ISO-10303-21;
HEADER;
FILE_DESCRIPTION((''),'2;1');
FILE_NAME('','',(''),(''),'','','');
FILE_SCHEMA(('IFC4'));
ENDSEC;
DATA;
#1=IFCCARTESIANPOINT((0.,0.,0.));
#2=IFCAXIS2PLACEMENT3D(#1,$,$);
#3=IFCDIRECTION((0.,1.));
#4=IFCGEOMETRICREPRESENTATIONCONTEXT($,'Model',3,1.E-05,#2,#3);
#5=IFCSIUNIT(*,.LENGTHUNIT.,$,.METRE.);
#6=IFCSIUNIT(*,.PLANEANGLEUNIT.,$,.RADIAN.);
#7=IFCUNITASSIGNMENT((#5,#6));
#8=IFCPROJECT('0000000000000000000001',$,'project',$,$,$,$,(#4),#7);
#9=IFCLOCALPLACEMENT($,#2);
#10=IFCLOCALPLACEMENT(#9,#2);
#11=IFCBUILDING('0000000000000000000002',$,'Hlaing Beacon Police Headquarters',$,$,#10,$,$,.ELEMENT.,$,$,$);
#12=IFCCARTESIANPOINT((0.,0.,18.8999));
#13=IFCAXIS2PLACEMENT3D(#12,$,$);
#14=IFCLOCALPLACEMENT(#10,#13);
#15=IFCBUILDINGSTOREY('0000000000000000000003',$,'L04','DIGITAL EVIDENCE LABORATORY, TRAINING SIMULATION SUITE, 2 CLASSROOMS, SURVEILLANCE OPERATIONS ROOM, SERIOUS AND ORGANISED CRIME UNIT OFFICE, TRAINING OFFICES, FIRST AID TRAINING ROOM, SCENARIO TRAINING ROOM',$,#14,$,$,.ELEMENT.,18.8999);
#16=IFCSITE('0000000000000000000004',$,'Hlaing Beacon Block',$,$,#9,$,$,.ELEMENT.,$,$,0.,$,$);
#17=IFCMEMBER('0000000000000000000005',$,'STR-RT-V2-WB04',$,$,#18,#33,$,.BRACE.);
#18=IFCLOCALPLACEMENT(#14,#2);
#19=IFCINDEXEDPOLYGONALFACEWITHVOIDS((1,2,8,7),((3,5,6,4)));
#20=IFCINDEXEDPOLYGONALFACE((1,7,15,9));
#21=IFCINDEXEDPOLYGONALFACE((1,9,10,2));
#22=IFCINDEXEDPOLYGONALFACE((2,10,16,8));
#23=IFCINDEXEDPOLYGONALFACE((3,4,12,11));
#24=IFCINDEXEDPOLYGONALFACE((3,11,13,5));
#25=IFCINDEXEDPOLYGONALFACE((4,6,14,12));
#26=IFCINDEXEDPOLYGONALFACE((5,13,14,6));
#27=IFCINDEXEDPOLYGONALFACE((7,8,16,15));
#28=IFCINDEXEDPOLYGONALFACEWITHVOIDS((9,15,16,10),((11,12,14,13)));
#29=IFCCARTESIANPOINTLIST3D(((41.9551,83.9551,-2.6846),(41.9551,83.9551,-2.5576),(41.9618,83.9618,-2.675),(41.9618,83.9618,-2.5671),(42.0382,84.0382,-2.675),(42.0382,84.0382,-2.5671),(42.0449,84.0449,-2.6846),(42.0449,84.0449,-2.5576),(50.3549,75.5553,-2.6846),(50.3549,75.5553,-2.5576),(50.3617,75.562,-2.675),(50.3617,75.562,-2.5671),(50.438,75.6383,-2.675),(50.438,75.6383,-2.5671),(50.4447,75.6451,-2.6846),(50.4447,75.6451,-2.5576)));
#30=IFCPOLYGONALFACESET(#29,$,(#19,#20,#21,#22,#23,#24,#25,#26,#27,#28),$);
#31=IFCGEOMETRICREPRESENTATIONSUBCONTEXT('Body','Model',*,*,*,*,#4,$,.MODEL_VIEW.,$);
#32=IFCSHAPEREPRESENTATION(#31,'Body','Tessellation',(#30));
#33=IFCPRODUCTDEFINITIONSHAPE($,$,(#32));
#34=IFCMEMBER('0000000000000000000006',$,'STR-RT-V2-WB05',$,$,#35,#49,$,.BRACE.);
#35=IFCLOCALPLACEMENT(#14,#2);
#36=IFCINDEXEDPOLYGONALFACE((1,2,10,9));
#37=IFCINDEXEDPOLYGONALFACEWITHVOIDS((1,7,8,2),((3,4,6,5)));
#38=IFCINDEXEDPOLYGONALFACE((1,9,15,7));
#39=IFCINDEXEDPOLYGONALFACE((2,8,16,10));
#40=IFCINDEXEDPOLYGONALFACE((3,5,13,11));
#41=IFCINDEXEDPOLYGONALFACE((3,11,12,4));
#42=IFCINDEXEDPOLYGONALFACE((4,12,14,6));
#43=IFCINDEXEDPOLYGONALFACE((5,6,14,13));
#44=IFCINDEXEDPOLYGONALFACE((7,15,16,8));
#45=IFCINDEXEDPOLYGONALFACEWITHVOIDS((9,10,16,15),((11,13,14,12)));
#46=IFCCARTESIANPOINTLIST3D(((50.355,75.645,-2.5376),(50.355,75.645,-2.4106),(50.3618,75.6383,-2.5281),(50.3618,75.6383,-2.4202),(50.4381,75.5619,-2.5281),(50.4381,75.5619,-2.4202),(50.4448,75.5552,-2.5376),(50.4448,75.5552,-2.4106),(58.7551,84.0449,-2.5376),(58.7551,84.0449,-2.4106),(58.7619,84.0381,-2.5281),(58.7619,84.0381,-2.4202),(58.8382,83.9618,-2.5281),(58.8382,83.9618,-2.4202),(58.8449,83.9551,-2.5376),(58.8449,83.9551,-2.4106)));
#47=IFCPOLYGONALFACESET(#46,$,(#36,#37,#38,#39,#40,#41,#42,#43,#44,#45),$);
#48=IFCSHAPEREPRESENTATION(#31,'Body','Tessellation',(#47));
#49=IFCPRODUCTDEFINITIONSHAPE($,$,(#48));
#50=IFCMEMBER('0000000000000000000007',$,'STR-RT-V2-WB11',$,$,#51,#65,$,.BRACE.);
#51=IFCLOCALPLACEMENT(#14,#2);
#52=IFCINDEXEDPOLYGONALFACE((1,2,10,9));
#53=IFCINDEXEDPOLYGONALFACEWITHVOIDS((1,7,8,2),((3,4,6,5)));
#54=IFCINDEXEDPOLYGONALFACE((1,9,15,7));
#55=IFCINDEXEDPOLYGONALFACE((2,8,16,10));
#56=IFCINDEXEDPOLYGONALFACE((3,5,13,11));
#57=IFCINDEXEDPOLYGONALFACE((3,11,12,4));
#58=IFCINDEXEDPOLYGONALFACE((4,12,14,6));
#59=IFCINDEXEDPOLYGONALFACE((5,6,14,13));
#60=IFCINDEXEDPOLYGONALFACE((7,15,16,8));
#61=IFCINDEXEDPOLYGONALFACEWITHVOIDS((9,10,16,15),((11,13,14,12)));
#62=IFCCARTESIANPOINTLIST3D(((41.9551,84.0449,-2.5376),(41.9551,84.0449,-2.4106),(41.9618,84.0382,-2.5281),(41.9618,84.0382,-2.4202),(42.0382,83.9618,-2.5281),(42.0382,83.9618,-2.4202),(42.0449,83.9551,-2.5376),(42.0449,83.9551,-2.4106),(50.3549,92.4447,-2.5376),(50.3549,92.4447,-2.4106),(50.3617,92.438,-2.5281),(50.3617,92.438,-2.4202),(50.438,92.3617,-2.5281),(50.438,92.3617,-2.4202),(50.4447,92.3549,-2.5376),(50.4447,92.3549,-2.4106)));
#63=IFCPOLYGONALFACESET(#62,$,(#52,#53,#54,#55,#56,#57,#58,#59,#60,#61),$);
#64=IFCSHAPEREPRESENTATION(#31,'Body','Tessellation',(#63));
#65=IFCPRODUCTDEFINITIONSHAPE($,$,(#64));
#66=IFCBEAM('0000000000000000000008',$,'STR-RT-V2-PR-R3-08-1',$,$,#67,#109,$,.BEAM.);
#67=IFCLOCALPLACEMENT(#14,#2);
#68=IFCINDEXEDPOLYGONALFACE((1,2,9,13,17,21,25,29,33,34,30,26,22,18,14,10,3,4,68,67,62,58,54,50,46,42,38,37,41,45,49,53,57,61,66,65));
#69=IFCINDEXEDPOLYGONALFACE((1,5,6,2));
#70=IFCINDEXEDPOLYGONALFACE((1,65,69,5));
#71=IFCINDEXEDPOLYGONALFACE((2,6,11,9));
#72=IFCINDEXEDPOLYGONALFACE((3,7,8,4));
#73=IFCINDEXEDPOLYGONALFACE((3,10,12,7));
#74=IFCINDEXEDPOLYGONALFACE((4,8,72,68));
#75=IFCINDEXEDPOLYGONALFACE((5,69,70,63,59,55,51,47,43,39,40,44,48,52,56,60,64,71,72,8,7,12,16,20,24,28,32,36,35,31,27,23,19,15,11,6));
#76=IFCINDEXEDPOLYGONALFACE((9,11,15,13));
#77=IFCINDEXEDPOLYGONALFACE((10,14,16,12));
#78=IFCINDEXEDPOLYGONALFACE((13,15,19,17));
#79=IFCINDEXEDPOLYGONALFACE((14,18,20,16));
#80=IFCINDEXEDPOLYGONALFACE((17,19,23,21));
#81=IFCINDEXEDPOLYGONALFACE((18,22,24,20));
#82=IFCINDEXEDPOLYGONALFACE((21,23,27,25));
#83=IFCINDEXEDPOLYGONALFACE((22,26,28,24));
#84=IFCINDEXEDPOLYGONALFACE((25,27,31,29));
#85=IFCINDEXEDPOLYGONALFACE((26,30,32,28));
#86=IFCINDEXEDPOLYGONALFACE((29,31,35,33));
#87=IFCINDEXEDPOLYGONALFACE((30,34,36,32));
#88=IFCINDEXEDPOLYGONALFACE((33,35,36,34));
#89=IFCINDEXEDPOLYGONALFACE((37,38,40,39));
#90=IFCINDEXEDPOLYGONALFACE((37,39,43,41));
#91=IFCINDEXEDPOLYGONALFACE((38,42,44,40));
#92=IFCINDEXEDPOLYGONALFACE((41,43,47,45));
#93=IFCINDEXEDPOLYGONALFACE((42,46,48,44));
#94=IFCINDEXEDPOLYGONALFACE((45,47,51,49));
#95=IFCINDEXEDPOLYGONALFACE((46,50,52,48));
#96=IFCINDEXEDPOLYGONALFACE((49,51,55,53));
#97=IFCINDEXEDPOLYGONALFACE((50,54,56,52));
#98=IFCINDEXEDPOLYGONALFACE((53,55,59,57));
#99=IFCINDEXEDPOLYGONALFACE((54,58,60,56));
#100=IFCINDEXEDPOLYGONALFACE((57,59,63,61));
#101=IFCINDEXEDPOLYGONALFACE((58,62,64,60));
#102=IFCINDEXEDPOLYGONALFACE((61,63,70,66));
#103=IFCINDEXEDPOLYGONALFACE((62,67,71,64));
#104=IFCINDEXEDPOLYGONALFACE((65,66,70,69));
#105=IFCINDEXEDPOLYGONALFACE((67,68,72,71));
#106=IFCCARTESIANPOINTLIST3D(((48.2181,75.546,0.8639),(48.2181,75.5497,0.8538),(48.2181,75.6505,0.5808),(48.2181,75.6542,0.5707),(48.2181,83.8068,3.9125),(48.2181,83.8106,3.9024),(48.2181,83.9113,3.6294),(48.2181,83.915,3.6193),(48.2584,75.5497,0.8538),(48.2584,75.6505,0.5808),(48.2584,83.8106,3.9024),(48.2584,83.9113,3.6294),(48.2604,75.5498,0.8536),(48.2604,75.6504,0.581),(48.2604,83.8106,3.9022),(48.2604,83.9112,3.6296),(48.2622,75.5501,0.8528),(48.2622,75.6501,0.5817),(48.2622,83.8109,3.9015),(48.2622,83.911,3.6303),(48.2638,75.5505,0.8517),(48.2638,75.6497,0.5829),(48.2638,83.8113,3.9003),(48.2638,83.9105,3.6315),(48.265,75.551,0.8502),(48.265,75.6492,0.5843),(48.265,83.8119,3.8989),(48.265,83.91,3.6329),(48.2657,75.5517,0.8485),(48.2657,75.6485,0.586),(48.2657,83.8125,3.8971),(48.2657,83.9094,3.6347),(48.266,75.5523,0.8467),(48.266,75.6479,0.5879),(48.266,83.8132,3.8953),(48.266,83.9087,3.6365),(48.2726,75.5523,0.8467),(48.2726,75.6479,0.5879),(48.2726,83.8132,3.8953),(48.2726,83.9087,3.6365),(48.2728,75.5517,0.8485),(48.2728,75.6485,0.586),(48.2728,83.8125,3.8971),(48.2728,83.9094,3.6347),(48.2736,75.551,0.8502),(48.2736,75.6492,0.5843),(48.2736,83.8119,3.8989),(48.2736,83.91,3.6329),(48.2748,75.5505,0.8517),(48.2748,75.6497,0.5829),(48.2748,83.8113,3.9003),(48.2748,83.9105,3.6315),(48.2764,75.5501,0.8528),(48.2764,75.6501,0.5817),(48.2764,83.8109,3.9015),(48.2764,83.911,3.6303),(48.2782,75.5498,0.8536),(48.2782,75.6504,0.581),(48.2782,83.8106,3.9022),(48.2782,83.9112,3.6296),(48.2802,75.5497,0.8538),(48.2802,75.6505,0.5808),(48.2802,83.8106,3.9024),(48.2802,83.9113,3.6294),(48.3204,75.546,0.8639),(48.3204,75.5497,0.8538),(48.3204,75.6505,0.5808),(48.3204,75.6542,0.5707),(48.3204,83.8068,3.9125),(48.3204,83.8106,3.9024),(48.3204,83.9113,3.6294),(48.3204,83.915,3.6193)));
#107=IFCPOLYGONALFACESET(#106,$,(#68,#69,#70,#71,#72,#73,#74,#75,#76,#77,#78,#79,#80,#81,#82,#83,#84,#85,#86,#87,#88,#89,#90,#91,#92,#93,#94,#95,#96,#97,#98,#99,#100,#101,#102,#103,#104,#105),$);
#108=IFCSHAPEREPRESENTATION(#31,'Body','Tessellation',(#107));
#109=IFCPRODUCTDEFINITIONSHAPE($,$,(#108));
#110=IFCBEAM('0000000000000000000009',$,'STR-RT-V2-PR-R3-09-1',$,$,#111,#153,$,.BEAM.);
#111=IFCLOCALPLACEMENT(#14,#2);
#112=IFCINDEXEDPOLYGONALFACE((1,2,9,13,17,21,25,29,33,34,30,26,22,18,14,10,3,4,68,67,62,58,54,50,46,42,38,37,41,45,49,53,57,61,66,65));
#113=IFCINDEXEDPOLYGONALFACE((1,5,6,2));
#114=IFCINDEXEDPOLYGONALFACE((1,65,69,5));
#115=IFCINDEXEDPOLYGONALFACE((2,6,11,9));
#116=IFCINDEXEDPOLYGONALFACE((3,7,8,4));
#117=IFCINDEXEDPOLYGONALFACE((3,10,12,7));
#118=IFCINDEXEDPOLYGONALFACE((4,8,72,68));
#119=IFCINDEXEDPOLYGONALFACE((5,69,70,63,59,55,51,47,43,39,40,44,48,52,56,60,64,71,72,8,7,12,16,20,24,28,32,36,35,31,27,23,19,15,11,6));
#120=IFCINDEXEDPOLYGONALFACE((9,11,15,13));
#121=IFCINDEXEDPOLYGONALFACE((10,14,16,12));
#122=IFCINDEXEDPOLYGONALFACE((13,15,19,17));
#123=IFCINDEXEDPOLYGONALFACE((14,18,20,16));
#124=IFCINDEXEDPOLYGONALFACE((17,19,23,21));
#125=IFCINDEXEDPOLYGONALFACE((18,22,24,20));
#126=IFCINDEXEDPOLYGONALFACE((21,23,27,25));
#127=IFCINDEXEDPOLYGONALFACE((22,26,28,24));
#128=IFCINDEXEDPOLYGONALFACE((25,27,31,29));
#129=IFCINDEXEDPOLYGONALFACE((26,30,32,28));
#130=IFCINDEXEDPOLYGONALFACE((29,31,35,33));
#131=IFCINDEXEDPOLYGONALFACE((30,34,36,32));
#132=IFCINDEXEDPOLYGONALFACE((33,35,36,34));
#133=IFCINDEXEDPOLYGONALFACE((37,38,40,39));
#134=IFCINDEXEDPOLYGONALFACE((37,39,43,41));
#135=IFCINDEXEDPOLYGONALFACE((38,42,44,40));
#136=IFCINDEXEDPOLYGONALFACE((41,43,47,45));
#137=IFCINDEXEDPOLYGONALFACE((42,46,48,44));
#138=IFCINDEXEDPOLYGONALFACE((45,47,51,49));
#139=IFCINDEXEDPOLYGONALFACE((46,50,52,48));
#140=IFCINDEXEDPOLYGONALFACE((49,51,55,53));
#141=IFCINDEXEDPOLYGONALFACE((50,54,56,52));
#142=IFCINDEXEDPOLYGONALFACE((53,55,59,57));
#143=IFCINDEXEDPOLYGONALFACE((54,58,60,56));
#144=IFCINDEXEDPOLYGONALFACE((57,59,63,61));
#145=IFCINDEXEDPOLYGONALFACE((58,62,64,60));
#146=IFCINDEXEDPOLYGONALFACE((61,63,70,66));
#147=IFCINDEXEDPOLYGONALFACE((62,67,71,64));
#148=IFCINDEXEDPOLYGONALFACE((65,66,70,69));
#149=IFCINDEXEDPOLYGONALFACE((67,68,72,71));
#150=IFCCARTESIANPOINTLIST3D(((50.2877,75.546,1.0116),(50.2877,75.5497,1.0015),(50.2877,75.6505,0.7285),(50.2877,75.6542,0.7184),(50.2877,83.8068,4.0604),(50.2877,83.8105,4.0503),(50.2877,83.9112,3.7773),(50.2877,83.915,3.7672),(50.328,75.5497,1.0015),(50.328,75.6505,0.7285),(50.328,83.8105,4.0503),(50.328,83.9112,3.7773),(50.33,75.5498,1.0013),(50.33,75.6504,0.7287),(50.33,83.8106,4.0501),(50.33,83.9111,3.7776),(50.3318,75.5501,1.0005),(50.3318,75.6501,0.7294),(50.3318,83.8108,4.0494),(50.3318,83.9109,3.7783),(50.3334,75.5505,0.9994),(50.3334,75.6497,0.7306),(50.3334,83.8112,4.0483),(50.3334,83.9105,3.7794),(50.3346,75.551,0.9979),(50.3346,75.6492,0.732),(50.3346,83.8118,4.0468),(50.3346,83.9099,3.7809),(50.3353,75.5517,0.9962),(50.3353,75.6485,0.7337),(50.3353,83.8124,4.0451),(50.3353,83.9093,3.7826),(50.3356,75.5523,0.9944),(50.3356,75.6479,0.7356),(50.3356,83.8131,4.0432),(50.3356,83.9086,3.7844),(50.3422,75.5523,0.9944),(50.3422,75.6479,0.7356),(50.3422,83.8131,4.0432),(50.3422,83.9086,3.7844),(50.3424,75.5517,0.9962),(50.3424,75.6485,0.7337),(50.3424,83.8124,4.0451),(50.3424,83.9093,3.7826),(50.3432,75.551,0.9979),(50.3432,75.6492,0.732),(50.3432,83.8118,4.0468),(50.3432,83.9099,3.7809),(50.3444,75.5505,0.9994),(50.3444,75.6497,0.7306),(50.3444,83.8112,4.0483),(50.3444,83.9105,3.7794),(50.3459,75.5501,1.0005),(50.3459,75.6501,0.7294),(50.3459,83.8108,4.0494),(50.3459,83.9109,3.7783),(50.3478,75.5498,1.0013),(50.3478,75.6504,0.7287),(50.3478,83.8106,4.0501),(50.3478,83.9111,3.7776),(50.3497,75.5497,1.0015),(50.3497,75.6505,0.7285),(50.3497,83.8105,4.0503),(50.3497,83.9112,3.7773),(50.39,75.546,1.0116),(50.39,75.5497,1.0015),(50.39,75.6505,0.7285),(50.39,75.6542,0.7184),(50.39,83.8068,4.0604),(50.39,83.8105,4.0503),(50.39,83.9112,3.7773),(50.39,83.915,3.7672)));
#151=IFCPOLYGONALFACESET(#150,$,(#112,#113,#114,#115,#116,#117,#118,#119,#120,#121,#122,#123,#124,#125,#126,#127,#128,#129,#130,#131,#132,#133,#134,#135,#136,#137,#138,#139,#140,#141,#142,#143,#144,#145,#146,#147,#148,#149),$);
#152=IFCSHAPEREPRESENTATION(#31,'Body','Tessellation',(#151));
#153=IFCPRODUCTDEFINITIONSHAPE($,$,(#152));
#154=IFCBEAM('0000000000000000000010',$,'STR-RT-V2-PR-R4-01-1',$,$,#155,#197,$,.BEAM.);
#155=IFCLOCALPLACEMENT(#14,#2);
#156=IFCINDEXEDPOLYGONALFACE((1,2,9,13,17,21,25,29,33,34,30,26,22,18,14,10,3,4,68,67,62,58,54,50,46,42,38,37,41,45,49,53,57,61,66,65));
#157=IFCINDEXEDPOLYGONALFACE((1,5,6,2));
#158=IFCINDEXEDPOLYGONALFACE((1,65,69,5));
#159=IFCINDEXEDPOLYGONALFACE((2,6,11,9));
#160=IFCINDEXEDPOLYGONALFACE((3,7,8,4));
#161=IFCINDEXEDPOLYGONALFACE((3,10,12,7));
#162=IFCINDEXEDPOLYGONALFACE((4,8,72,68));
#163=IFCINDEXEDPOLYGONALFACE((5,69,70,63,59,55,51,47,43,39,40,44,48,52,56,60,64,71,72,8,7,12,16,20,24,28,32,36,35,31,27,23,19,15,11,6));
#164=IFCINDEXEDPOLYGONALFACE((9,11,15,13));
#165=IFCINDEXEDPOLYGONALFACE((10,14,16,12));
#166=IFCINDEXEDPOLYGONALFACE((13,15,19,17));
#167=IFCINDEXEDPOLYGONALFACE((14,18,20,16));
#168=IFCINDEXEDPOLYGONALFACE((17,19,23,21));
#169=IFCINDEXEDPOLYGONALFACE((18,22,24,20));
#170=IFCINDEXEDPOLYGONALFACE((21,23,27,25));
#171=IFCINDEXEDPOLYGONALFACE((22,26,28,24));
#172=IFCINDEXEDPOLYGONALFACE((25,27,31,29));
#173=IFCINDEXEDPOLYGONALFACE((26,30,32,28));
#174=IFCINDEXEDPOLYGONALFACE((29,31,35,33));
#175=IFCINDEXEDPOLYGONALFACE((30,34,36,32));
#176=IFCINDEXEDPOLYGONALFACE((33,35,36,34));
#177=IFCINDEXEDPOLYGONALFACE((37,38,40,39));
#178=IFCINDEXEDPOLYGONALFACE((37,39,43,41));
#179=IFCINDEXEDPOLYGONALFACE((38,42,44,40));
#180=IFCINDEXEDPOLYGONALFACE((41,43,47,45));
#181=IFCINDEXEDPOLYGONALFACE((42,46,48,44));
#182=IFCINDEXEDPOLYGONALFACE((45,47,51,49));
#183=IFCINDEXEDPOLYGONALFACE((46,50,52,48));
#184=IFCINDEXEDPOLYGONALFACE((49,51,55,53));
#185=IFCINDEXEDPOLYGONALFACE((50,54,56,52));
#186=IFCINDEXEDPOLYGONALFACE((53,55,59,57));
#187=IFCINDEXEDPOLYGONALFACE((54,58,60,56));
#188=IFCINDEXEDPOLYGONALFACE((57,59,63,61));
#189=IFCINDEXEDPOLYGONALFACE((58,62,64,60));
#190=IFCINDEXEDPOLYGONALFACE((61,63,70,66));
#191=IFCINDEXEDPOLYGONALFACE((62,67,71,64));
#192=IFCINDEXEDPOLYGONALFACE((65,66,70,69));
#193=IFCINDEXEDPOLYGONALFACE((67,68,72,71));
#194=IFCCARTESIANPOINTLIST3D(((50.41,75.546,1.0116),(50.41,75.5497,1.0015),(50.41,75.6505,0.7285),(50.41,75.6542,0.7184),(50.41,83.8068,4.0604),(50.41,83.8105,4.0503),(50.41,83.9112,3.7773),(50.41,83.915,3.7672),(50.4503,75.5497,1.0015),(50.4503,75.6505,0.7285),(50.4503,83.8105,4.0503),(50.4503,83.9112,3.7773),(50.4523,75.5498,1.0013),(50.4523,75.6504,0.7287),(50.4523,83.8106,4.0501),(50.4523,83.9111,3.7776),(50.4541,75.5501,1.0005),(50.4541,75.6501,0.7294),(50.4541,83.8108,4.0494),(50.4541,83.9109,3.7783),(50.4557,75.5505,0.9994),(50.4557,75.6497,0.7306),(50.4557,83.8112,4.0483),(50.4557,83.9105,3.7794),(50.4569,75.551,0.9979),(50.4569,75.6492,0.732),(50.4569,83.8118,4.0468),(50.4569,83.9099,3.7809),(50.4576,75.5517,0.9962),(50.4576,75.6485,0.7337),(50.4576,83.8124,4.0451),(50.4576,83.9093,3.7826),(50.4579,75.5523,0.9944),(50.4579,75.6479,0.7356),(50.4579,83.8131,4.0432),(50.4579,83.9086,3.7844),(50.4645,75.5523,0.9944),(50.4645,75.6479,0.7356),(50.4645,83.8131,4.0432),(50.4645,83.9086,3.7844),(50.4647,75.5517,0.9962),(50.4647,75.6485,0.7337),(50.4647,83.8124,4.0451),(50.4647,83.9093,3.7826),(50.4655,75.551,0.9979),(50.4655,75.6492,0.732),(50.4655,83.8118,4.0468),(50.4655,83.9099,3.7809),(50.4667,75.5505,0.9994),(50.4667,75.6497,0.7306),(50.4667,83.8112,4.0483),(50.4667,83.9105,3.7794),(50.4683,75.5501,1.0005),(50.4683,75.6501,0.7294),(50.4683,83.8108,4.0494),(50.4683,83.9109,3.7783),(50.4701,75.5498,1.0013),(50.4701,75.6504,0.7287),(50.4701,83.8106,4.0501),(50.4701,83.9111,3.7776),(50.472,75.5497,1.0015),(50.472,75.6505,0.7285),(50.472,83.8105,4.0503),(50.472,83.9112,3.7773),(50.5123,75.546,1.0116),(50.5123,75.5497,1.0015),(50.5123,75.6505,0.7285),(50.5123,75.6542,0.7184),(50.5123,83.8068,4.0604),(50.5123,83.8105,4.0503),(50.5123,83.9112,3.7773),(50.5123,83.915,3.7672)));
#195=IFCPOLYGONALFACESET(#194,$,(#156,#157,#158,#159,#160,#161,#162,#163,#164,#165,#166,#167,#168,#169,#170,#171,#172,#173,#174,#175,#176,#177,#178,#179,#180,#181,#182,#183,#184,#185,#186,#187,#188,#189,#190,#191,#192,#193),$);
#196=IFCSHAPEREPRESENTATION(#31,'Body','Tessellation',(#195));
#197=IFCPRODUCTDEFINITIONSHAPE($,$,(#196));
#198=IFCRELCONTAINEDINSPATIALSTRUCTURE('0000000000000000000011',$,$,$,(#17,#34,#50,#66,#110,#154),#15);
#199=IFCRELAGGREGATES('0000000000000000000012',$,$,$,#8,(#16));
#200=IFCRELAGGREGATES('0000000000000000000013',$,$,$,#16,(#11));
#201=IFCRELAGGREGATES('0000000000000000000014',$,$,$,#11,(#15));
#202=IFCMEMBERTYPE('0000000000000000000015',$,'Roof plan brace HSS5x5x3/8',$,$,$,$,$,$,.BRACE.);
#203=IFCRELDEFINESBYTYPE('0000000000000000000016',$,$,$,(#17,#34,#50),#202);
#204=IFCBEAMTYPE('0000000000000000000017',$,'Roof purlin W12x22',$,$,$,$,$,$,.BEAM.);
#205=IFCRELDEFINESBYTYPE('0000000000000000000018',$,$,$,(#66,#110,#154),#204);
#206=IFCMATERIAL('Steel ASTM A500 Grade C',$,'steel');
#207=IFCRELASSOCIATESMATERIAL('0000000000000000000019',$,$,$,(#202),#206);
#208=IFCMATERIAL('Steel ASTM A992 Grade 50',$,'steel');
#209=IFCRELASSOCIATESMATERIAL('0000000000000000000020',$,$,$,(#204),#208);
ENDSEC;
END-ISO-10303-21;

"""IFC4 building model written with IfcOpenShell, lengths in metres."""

from ifc_helpers import new_model, si_unit, direction, frame, origin, origin_2d, place, context, subcontext, project, spatial, hollow_rectangle, i_section, extrude, material, material_profile, profile_set, type_object, element, save


model = new_model("IFC4")

# Units and contexts
model_context = context("Model", 3, precision=1e-05, world=origin(), true_north=direction((0.0, 1.0)))
body_context = subcontext(model_context, "Body", "Model", "MODEL_VIEW")
ifc_project = project(units=[si_unit("LENGTHUNIT", "METRE"), si_unit("PLANEANGLEUNIT", "RADIAN")], contexts=[model_context])

# Site, building, storey
site_placement = place(None, origin())
site = spatial("IfcSite", under=ifc_project, at=site_placement, Name="Hlaing Beacon Block", CompositionType="ELEMENT", RefElevation=0.0)
building_placement = place(site_placement, origin())
building = spatial("IfcBuilding", under=site, at=building_placement, Name="Hlaing Beacon Police Headquarters", CompositionType="ELEMENT")
storey_placement = place(building_placement, frame((0.0, 0.0, 18.8999)))
storey = spatial("IfcBuildingStorey", under=building, at=storey_placement, Name="L04", Description="DIGITAL EVIDENCE LABORATORY, TRAINING SIMULATION SUITE, 2 CLASSROOMS, SURVEILLANCE OPERATIONS ROOM, SERIOUS AND ORGANISED CRIME UNIT OFFICE, TRAINING OFFICES, FIRST AID TRAINING ROOM, SCENARIO TRAINING ROOM", CompositionType="ELEMENT", Elevation=18.8999)

# Members
ifc_material_1 = material(Name="Steel ASTM A500 Grade C", Category="steel")
ifc_material_profile_1 = material_profile(ifc_material_1, hollow_rectangle(XDim=0.127, YDim=0.127, WallThickness=0.0095, at=origin_2d()), Name="HSS5x5x3/8")
ifc_profile_set_1 = profile_set([ifc_material_profile_1], Name="Steel ASTM A500 Grade C")
member_type_1 = type_object("IfcMemberType", Name="Roof plan brace HSS5x5x3/8", PredefinedType="BRACE", material=ifc_profile_set_1)
member_1_placement = place(storey_placement, frame((42.0, 84.0, -2.6211), z_axis=(0.707107, -0.707107, 0.0), x_axis=(0.707107, 0.707107, 0.0)))
element("IfcMember", 1, at=member_1_placement, inside=storey, type_object=member_type_1, Name="STR-RT-V2-WB04", PredefinedType="BRACE", context=body_context, shape_type="SweptSolid", body=[
    extrude(hollow_rectangle(XDim=0.127, YDim=0.127, WallThickness=0.0095, at=origin_2d()), origin(), (0.0, 0.0, 1.0), 11.8792),
])
member_2_placement = place(storey_placement, frame((50.3999, 75.6001, -2.4741), z_axis=(0.707117, 0.707097, 0.0), x_axis=(-0.707097, 0.707117, 0.0)))
element("IfcMember", 2, at=member_2_placement, inside=storey, type_object=member_type_1, Name="STR-RT-V2-WB05", PredefinedType="BRACE", context=body_context, shape_type="SweptSolid", body=[
    extrude(hollow_rectangle(XDim=0.127, YDim=0.127, WallThickness=0.0095, at=origin_2d()), origin(), (0.0, 0.0, 1.0), 11.8794),
])
member_3_placement = place(storey_placement, frame((42.0, 84.0, -2.4741), z_axis=(0.707107, 0.707107, 0.0), x_axis=(-0.707107, 0.707107, 0.0)))
element("IfcMember", 3, at=member_3_placement, inside=storey, type_object=member_type_1, Name="STR-RT-V2-WB11", PredefinedType="BRACE", context=body_context, shape_type="SweptSolid", body=[
    extrude(hollow_rectangle(XDim=0.127, YDim=0.127, WallThickness=0.0095, at=origin_2d()), origin(), (0.0, 0.0, 1.0), 11.8792),
])

# Beams
ifc_material_2 = material(Name="Steel ASTM A992 Grade 50", Category="steel")
ifc_material_profile_2 = material_profile(ifc_material_2, i_section(OverallWidth=0.1023, OverallDepth=0.3125, WebThickness=0.0066, FlangeThickness=0.0107, FilletRadius=0.0076, at=origin_2d()), Name="W12x22")
ifc_profile_set_2 = profile_set([ifc_material_profile_2], Name="Steel ASTM A992 Grade 50")
beam_type_1 = type_object("IfcBeamType", Name="Roof purlin W12x22", PredefinedType="BEAM", material=ifc_profile_set_2)
for number, where, z_axis, x_axis, name in (
    (4, (48.2693, 75.6001, 0.7173), (0.0, 0.938153, 0.346221), (-1.0, 0.0, 0.0), "STR-RT-V2-PR-R3-08-1"),
    (5, (50.3389, 75.6001, 0.865), (0.0, 0.938144, 0.346245), (-1.0, 0.0, 0.0), "STR-RT-V2-PR-R3-09-1"),
    (6, (50.4612, 75.6001, 0.865), (0.0, 0.938144, 0.346245), (-1.0, 0.0, 0.0), "STR-RT-V2-PR-R4-01-1"),
):
    element("IfcBeam", number, at=place(storey_placement, frame(where, z_axis=z_axis, x_axis=x_axis)), inside=storey, type_object=beam_type_1, Name=name, PredefinedType="BEAM", context=body_context, shape_type="SweptSolid", body=[
        extrude(i_section(OverallWidth=0.1023, OverallDepth=0.3125, WebThickness=0.0066, FlangeThickness=0.0107, FilletRadius=0.0076, at=origin_2d()), origin(), (0.0, 0.0, 1.0), 8.8054),
    ])

save(model, "model.ifc")
